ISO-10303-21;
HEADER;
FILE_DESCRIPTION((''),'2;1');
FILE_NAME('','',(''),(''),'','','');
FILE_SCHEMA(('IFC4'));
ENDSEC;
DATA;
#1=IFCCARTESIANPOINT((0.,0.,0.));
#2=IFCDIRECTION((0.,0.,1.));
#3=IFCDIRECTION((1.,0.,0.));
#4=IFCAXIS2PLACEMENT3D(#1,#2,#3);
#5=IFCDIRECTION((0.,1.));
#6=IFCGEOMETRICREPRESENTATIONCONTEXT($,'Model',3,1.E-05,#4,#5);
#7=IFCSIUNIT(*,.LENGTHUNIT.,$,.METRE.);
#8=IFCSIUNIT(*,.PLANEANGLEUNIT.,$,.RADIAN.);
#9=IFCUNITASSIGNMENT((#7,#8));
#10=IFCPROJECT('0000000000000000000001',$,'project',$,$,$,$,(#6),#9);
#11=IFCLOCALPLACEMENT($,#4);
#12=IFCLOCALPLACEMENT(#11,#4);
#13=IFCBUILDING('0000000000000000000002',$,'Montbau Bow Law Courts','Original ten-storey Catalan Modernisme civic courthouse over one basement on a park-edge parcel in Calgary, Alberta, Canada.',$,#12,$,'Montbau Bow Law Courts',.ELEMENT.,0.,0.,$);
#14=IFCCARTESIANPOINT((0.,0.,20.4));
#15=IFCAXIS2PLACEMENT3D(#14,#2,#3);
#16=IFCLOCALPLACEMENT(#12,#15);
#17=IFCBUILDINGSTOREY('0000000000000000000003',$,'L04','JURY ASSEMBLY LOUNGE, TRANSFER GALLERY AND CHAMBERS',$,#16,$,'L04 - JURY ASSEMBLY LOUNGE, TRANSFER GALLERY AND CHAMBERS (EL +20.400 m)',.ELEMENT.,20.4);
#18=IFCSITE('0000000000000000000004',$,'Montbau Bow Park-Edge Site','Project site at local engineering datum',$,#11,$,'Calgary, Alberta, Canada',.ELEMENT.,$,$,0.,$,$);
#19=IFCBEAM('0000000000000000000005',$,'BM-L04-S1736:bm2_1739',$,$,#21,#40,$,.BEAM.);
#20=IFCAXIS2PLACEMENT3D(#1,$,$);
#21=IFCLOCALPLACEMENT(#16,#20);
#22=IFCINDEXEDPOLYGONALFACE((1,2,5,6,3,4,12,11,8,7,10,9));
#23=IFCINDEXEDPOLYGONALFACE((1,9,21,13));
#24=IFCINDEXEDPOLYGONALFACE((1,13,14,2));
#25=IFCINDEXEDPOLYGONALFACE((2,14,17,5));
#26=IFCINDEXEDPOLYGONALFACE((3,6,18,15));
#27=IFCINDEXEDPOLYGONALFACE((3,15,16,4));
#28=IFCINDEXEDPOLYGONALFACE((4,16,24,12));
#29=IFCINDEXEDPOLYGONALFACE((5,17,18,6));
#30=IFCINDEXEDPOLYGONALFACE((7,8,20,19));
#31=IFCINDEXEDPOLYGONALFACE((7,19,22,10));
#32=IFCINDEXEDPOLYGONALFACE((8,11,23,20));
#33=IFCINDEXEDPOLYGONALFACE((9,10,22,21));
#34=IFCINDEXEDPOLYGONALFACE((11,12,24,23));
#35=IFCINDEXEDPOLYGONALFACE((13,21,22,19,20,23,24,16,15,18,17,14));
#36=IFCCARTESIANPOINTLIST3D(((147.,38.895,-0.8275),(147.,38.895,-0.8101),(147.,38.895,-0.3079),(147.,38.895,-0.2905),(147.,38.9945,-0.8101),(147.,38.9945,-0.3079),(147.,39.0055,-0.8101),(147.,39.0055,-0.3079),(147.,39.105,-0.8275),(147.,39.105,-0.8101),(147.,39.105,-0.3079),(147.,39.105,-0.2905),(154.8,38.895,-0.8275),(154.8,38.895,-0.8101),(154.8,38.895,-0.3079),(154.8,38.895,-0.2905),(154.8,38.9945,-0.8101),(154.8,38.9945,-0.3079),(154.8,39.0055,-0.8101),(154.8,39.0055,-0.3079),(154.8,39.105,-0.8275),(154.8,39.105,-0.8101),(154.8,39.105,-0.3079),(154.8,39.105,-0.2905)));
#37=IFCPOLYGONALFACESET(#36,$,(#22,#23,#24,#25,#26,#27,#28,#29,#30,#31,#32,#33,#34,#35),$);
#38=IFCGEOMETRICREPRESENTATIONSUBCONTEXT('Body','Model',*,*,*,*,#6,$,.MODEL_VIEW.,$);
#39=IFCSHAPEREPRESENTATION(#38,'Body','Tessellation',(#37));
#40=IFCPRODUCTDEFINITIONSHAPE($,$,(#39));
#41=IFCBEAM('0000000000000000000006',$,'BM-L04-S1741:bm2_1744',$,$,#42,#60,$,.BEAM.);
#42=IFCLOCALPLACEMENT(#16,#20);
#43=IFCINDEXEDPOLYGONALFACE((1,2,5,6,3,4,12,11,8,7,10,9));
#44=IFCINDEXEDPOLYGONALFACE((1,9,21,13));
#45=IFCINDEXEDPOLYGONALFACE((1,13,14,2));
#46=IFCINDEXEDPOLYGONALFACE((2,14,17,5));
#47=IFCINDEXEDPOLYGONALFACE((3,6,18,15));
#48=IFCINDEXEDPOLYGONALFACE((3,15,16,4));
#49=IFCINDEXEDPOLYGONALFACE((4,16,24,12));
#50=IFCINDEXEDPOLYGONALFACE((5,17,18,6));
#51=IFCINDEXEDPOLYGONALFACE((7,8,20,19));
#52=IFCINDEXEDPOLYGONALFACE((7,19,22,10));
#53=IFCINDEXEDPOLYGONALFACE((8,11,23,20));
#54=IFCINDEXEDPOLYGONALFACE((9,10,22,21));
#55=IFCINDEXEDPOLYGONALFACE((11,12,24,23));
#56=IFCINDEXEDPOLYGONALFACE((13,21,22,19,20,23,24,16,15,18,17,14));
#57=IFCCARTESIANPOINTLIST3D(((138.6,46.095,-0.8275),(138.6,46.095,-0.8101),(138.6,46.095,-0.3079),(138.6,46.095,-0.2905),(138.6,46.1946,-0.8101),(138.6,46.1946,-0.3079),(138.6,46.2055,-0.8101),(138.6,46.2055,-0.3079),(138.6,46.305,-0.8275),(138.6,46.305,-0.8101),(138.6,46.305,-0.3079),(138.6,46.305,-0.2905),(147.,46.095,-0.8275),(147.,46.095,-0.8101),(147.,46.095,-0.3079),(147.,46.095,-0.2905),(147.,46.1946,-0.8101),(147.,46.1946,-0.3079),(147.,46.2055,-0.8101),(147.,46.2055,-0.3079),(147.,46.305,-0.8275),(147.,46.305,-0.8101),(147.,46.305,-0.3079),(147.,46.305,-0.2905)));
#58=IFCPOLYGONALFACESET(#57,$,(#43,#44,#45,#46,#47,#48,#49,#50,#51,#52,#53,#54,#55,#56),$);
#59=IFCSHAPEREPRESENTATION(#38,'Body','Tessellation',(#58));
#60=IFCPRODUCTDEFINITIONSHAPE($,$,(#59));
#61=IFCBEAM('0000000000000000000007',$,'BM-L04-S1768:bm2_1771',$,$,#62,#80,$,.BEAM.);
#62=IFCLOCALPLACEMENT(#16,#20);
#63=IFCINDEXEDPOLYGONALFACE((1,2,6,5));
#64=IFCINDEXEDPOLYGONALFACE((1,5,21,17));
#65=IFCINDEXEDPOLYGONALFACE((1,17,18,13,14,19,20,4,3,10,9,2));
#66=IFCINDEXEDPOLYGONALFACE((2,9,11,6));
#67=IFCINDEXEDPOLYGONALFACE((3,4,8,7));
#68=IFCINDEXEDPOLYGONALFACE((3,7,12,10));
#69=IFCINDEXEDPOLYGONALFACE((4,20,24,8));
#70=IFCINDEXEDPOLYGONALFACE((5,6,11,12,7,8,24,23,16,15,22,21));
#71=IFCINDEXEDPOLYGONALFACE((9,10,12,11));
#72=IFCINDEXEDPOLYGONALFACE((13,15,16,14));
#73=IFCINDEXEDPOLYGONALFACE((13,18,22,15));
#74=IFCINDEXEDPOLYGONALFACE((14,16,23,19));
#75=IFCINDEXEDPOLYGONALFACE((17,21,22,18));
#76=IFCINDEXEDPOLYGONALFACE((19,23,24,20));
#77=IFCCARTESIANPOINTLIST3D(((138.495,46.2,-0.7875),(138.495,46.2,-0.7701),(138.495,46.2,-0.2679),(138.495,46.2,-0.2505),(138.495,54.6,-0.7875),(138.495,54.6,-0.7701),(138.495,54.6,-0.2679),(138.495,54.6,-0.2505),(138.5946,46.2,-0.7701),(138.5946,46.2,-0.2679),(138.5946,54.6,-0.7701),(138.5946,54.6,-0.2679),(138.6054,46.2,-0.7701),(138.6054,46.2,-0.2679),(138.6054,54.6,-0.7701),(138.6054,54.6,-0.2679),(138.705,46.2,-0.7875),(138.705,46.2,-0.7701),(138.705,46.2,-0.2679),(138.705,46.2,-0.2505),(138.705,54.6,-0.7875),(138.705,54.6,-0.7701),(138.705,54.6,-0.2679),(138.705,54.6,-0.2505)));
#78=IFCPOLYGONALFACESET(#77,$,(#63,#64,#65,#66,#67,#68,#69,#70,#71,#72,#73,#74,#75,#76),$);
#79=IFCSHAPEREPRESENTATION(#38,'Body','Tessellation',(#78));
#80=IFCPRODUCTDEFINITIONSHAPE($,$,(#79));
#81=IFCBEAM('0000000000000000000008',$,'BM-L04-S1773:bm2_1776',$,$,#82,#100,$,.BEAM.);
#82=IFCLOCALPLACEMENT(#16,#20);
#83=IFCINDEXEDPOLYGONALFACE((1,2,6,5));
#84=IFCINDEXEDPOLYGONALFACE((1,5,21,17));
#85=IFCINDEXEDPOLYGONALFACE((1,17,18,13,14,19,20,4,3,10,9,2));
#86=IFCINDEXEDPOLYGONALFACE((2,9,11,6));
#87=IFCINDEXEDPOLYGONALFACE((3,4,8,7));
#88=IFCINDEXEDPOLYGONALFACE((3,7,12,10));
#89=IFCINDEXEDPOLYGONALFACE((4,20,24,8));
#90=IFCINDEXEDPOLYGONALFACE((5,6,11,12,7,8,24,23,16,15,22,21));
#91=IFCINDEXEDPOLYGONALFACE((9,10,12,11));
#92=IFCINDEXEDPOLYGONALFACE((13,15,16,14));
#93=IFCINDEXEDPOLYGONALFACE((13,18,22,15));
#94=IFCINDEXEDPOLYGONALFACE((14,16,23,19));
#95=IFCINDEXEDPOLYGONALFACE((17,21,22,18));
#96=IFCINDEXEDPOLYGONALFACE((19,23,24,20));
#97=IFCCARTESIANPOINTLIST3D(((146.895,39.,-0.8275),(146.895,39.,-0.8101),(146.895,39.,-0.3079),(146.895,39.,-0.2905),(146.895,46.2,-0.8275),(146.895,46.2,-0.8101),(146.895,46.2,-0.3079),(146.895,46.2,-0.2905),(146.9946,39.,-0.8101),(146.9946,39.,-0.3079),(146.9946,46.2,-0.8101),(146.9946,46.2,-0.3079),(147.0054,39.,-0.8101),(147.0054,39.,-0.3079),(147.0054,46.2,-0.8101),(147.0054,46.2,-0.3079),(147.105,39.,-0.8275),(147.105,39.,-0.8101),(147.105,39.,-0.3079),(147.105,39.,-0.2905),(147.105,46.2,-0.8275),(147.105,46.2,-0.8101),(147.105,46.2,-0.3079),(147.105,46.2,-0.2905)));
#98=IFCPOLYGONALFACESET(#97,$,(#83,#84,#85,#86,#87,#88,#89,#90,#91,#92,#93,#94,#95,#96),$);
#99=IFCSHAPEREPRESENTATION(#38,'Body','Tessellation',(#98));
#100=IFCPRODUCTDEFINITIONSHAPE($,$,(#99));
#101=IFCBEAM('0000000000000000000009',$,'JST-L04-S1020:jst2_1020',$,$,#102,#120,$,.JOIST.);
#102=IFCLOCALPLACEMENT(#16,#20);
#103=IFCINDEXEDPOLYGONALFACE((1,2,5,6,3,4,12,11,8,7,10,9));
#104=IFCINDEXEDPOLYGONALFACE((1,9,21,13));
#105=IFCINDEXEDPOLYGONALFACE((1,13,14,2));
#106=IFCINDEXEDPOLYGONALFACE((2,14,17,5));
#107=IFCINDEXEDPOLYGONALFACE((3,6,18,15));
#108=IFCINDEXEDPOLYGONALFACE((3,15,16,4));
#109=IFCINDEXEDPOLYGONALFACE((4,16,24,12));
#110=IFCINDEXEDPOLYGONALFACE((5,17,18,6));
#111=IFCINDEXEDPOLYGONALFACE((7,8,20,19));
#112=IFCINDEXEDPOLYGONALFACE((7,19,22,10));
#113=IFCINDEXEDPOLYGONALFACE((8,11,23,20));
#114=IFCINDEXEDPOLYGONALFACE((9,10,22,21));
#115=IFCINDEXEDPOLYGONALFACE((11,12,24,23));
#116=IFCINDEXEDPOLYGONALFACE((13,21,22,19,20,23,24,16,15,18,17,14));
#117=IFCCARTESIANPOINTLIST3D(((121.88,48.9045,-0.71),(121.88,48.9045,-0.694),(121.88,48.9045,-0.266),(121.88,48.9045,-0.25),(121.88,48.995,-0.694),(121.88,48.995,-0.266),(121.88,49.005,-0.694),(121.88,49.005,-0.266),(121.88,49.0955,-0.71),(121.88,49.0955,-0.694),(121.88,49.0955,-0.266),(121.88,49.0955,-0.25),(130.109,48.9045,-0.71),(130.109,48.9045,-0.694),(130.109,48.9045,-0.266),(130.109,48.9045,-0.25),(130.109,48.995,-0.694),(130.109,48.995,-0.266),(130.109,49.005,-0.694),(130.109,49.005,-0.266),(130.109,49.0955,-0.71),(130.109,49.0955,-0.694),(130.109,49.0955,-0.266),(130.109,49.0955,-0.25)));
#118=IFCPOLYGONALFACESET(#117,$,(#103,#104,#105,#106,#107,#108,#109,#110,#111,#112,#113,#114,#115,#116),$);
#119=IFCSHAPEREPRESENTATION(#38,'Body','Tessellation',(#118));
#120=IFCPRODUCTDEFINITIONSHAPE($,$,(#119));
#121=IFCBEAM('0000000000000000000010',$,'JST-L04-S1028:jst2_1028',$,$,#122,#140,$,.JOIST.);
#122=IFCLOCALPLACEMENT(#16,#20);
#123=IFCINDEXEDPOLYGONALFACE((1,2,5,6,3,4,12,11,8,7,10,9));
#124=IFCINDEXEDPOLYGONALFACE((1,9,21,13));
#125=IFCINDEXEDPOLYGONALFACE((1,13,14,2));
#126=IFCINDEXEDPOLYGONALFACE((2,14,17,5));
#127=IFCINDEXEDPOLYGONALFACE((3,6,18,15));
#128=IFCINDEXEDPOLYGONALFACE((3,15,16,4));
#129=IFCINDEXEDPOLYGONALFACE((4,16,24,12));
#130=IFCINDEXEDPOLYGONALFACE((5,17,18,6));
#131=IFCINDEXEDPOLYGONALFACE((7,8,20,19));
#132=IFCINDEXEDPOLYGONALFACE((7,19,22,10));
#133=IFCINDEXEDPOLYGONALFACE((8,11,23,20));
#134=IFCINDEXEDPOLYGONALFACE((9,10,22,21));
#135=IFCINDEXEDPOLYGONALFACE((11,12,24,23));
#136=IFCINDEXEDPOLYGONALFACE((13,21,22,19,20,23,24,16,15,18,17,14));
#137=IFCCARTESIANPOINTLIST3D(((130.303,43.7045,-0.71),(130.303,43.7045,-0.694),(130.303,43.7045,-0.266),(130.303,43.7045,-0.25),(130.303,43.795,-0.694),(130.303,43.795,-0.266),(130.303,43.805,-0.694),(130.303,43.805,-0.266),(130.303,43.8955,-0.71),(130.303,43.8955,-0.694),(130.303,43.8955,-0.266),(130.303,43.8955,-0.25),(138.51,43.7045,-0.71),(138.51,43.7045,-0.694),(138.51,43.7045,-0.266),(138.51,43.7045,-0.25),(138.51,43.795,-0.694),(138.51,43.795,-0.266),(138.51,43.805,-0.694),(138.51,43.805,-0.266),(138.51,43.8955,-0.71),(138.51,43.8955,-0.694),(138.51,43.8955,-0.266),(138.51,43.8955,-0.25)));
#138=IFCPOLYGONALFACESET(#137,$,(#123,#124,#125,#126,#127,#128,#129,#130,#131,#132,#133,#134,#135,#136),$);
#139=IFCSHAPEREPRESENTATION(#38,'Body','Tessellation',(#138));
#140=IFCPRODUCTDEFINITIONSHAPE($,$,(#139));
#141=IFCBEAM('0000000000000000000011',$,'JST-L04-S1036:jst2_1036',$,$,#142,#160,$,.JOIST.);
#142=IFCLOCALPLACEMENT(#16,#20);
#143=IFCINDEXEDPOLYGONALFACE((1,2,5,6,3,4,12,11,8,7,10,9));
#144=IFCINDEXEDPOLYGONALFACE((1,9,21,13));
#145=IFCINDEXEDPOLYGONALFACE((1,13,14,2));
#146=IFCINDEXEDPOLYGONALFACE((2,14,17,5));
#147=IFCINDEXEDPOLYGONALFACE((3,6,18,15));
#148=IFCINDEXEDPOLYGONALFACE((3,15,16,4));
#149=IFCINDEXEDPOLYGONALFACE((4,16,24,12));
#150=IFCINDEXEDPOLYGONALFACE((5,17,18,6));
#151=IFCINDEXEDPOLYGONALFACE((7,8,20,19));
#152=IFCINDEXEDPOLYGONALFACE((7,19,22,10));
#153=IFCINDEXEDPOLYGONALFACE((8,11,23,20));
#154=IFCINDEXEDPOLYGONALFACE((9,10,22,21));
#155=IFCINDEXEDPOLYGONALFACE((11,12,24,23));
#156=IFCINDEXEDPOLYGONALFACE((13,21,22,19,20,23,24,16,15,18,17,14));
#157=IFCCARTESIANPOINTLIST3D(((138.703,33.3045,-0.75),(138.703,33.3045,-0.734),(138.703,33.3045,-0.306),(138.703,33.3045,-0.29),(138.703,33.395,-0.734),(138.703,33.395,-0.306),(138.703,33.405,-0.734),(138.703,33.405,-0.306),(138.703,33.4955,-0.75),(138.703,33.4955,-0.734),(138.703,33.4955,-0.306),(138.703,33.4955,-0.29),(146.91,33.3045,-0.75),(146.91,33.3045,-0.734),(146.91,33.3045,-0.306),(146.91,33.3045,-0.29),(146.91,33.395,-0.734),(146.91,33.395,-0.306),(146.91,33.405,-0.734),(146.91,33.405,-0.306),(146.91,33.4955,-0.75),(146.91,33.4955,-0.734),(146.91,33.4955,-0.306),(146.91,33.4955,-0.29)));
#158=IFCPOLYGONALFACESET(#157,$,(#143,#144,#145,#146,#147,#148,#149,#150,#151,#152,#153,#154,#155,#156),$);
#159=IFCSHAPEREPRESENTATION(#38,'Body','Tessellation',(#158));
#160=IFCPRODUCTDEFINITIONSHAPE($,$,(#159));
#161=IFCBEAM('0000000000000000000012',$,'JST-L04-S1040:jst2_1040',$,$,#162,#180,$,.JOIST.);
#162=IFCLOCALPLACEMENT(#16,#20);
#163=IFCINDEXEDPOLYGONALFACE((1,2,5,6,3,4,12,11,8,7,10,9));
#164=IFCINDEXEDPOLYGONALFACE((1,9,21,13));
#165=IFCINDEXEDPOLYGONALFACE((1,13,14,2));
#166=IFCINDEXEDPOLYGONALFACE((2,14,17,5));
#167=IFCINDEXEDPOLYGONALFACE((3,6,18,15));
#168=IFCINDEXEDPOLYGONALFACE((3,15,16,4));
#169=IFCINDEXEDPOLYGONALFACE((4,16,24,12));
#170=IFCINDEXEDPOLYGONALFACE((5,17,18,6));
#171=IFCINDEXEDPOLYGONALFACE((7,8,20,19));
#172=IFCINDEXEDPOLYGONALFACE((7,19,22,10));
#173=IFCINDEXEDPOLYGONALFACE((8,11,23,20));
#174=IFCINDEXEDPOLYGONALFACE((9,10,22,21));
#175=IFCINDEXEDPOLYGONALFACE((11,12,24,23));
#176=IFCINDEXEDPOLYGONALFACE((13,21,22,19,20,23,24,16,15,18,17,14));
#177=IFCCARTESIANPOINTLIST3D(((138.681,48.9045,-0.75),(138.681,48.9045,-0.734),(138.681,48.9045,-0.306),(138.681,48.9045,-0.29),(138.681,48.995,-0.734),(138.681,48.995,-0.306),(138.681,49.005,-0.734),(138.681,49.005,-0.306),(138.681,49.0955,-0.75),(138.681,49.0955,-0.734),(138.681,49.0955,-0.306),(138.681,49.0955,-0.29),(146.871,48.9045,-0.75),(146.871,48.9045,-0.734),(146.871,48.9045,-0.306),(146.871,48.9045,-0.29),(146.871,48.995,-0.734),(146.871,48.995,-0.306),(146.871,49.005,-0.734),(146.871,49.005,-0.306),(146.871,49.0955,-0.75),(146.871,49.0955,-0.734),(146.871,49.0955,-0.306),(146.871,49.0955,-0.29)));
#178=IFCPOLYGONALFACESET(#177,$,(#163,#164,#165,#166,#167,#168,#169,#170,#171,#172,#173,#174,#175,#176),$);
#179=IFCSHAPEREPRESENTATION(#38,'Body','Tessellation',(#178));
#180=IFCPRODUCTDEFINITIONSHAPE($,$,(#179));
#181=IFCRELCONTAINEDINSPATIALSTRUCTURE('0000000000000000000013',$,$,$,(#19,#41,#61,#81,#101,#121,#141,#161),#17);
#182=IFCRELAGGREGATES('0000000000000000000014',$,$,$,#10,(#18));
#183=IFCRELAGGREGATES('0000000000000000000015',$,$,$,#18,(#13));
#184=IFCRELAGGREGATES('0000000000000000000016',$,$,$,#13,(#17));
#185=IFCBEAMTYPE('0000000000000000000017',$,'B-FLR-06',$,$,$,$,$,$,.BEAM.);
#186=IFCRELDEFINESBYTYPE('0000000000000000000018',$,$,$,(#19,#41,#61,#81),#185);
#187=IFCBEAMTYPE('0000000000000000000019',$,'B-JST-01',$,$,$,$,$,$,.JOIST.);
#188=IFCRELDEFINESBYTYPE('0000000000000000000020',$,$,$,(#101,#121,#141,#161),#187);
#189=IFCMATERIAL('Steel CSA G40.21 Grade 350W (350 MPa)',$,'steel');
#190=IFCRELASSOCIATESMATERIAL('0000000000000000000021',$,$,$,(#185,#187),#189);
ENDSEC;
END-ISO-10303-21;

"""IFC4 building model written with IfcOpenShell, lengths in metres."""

from ifc_helpers import new_model, si_unit, direction, frame, origin_with_axes, origin_2d_with_axis, place, context, subcontext, project, spatial, i_section, extrude, material, material_profile, profile_set, type_object, element, save


model = new_model("IFC4")

# Units and contexts
model_context = context("Model", 3, precision=1e-05, world=origin_with_axes(), true_north=direction((0.0, 1.0)))
body_context = subcontext(model_context, "Body", "Model", "MODEL_VIEW")
ifc_project = project(units=[si_unit("LENGTHUNIT", "METRE"), si_unit("PLANEANGLEUNIT", "RADIAN")], contexts=[model_context])

# Site, building, storey
site_placement = place(None, origin_with_axes())
site = spatial("IfcSite", under=ifc_project, at=site_placement, Name="Montbau Bow Park-Edge Site", Description="Project site at local engineering datum", LongName="Calgary, Alberta, Canada", CompositionType="ELEMENT", RefElevation=0.0)
building_placement = place(site_placement, origin_with_axes())
building = spatial("IfcBuilding", under=site, at=building_placement, Name="Montbau Bow Law Courts", Description="Original ten-storey Catalan Modernisme civic courthouse over one basement on a park-edge parcel in Calgary, Alberta, Canada.", LongName="Montbau Bow Law Courts", CompositionType="ELEMENT", ElevationOfRefHeight=0.0, ElevationOfTerrain=0.0)
storey_placement = place(building_placement, frame((0.0, 0.0, 20.4), z_axis=(0.0, 0.0, 1.0), x_axis=(1.0, 0.0, 0.0)))
storey = spatial("IfcBuildingStorey", under=building, at=storey_placement, Name="L04", Description="JURY ASSEMBLY LOUNGE, TRANSFER GALLERY AND CHAMBERS", LongName="L04 - JURY ASSEMBLY LOUNGE, TRANSFER GALLERY AND CHAMBERS (EL +20.400 m)", CompositionType="ELEMENT", Elevation=20.4)

# Beams
ifc_material_1 = material(Name="Steel CSA G40.21 Grade 350W (350 MPa)", Category="steel")
ifc_material_profile_1 = material_profile(ifc_material_1, i_section(OverallWidth=0.21, OverallDepth=0.537, WebThickness=0.0109, FlangeThickness=0.0174, at=origin_2d_with_axis()), Name="W530X101", Category="Main", Priority=0)
ifc_profile_set_1 = profile_set([ifc_material_profile_1], Name="Steel CSA G40.21 Grade 350W (350 MPa)")
beam_type_1 = type_object("IfcBeamType", Name="B-FLR-06", PredefinedType="BEAM", material=ifc_profile_set_1)
beam_1_placement = place(None, frame((147.0, 39.0, 19.841), z_axis=(1.0, 0.0, 0.0), x_axis=(0.0, 1.0, 0.0)))
element("IfcBeam", 1, at=beam_1_placement, inside=storey, type_object=beam_type_1, Name="BM-L04-S1736:bm2_1739", PredefinedType="BEAM", context=body_context, shape_type="SweptSolid", body=[
    extrude(i_section(OverallWidth=0.21, OverallDepth=0.537, WebThickness=0.0109, FlangeThickness=0.0174, at=origin_2d_with_axis()), origin_with_axes(), (0.0, 0.0, 1.0), 7.8),
])
for number, where, z_axis, x_axis, name in (
    (2, (138.6, 46.2, 19.841), (1.0, 0.0, 0.0), (0.0, 1.0, 0.0), "BM-L04-S1741:bm2_1744"),
    (3, (138.6, 46.2, 19.881), (0.0, 1.0, 0.0), (-1.0, 0.0, 0.0), "BM-L04-S1768:bm2_1771"),
):
    element("IfcBeam", number, at=place(None, frame(where, z_axis=z_axis, x_axis=x_axis)), inside=storey, type_object=beam_type_1, Name=name, PredefinedType="BEAM", context=body_context, shape_type="SweptSolid", body=[
        extrude(i_section(OverallWidth=0.21, OverallDepth=0.537, WebThickness=0.0109, FlangeThickness=0.0174, at=origin_2d_with_axis()), origin_with_axes(), (0.0, 0.0, 1.0), 8.4),
    ])
beam_2_placement = place(None, frame((147.0, 39.0, 19.841), z_axis=(0.0, 1.0, 0.0), x_axis=(-1.0, 0.0, 0.0)))
element("IfcBeam", 4, at=beam_2_placement, inside=storey, type_object=beam_type_1, Name="BM-L04-S1773:bm2_1776", PredefinedType="BEAM", context=body_context, shape_type="SweptSolid", body=[
    extrude(i_section(OverallWidth=0.21, OverallDepth=0.537, WebThickness=0.0109, FlangeThickness=0.0174, at=origin_2d_with_axis()), origin_with_axes(), (0.0, 0.0, 1.0), 7.2),
])
ifc_material_profile_2 = material_profile(ifc_material_1, i_section(OverallWidth=0.191, OverallDepth=0.46, WebThickness=0.0099, FlangeThickness=0.016, at=origin_2d_with_axis()), Name="W460X82", Category="Main", Priority=0)
ifc_profile_set_2 = profile_set([ifc_material_profile_2], Name="Steel CSA G40.21 Grade 350W (350 MPa)")
beam_type_2 = type_object("IfcBeamType", Name="B-JST-01", PredefinedType="JOIST", material=ifc_profile_set_2)
beam_3_placement = place(None, frame((121.88, 49.0, 19.92), z_axis=(1.0, 0.0, 0.0), x_axis=(0.0, 1.0, 0.0)))
element("IfcBeam", 5, at=beam_3_placement, inside=storey, type_object=beam_type_2, Name="JST-L04-S1020:jst2_1020", PredefinedType="JOIST", context=body_context, shape_type="SweptSolid", body=[
    extrude(i_section(OverallWidth=0.191, OverallDepth=0.46, WebThickness=0.0099, FlangeThickness=0.016, at=origin_2d_with_axis()), origin_with_axes(), (0.0, 0.0, 1.0), 8.229),
])
for number, where, z_axis, x_axis, name in (
    (6, (130.303, 43.8, 19.92), (1.0, 0.0, 0.0), (0.0, 1.0, 0.0), "JST-L04-S1028:jst2_1028"),
    (7, (138.703, 33.4, 19.88), (1.0, 0.0, 0.0), (0.0, 1.0, 0.0), "JST-L04-S1036:jst2_1036"),
):
    element("IfcBeam", number, at=place(None, frame(where, z_axis=z_axis, x_axis=x_axis)), inside=storey, type_object=beam_type_2, Name=name, PredefinedType="JOIST", context=body_context, shape_type="SweptSolid", body=[
        extrude(i_section(OverallWidth=0.191, OverallDepth=0.46, WebThickness=0.0099, FlangeThickness=0.016, at=origin_2d_with_axis()), origin_with_axes(), (0.0, 0.0, 1.0), 8.207),
    ])
beam_4_placement = place(None, frame((138.681, 49.0, 19.88), z_axis=(1.0, 0.0, 0.0), x_axis=(0.0, 1.0, 0.0)))
element("IfcBeam", 8, at=beam_4_placement, inside=storey, type_object=beam_type_2, Name="JST-L04-S1040:jst2_1040", PredefinedType="JOIST", context=body_context, shape_type="SweptSolid", body=[
    extrude(i_section(OverallWidth=0.191, OverallDepth=0.46, WebThickness=0.0099, FlangeThickness=0.016, at=origin_2d_with_axis()), origin_with_axes(), (0.0, 0.0, 1.0), 8.19),
])

save(model, "model.ifc")
